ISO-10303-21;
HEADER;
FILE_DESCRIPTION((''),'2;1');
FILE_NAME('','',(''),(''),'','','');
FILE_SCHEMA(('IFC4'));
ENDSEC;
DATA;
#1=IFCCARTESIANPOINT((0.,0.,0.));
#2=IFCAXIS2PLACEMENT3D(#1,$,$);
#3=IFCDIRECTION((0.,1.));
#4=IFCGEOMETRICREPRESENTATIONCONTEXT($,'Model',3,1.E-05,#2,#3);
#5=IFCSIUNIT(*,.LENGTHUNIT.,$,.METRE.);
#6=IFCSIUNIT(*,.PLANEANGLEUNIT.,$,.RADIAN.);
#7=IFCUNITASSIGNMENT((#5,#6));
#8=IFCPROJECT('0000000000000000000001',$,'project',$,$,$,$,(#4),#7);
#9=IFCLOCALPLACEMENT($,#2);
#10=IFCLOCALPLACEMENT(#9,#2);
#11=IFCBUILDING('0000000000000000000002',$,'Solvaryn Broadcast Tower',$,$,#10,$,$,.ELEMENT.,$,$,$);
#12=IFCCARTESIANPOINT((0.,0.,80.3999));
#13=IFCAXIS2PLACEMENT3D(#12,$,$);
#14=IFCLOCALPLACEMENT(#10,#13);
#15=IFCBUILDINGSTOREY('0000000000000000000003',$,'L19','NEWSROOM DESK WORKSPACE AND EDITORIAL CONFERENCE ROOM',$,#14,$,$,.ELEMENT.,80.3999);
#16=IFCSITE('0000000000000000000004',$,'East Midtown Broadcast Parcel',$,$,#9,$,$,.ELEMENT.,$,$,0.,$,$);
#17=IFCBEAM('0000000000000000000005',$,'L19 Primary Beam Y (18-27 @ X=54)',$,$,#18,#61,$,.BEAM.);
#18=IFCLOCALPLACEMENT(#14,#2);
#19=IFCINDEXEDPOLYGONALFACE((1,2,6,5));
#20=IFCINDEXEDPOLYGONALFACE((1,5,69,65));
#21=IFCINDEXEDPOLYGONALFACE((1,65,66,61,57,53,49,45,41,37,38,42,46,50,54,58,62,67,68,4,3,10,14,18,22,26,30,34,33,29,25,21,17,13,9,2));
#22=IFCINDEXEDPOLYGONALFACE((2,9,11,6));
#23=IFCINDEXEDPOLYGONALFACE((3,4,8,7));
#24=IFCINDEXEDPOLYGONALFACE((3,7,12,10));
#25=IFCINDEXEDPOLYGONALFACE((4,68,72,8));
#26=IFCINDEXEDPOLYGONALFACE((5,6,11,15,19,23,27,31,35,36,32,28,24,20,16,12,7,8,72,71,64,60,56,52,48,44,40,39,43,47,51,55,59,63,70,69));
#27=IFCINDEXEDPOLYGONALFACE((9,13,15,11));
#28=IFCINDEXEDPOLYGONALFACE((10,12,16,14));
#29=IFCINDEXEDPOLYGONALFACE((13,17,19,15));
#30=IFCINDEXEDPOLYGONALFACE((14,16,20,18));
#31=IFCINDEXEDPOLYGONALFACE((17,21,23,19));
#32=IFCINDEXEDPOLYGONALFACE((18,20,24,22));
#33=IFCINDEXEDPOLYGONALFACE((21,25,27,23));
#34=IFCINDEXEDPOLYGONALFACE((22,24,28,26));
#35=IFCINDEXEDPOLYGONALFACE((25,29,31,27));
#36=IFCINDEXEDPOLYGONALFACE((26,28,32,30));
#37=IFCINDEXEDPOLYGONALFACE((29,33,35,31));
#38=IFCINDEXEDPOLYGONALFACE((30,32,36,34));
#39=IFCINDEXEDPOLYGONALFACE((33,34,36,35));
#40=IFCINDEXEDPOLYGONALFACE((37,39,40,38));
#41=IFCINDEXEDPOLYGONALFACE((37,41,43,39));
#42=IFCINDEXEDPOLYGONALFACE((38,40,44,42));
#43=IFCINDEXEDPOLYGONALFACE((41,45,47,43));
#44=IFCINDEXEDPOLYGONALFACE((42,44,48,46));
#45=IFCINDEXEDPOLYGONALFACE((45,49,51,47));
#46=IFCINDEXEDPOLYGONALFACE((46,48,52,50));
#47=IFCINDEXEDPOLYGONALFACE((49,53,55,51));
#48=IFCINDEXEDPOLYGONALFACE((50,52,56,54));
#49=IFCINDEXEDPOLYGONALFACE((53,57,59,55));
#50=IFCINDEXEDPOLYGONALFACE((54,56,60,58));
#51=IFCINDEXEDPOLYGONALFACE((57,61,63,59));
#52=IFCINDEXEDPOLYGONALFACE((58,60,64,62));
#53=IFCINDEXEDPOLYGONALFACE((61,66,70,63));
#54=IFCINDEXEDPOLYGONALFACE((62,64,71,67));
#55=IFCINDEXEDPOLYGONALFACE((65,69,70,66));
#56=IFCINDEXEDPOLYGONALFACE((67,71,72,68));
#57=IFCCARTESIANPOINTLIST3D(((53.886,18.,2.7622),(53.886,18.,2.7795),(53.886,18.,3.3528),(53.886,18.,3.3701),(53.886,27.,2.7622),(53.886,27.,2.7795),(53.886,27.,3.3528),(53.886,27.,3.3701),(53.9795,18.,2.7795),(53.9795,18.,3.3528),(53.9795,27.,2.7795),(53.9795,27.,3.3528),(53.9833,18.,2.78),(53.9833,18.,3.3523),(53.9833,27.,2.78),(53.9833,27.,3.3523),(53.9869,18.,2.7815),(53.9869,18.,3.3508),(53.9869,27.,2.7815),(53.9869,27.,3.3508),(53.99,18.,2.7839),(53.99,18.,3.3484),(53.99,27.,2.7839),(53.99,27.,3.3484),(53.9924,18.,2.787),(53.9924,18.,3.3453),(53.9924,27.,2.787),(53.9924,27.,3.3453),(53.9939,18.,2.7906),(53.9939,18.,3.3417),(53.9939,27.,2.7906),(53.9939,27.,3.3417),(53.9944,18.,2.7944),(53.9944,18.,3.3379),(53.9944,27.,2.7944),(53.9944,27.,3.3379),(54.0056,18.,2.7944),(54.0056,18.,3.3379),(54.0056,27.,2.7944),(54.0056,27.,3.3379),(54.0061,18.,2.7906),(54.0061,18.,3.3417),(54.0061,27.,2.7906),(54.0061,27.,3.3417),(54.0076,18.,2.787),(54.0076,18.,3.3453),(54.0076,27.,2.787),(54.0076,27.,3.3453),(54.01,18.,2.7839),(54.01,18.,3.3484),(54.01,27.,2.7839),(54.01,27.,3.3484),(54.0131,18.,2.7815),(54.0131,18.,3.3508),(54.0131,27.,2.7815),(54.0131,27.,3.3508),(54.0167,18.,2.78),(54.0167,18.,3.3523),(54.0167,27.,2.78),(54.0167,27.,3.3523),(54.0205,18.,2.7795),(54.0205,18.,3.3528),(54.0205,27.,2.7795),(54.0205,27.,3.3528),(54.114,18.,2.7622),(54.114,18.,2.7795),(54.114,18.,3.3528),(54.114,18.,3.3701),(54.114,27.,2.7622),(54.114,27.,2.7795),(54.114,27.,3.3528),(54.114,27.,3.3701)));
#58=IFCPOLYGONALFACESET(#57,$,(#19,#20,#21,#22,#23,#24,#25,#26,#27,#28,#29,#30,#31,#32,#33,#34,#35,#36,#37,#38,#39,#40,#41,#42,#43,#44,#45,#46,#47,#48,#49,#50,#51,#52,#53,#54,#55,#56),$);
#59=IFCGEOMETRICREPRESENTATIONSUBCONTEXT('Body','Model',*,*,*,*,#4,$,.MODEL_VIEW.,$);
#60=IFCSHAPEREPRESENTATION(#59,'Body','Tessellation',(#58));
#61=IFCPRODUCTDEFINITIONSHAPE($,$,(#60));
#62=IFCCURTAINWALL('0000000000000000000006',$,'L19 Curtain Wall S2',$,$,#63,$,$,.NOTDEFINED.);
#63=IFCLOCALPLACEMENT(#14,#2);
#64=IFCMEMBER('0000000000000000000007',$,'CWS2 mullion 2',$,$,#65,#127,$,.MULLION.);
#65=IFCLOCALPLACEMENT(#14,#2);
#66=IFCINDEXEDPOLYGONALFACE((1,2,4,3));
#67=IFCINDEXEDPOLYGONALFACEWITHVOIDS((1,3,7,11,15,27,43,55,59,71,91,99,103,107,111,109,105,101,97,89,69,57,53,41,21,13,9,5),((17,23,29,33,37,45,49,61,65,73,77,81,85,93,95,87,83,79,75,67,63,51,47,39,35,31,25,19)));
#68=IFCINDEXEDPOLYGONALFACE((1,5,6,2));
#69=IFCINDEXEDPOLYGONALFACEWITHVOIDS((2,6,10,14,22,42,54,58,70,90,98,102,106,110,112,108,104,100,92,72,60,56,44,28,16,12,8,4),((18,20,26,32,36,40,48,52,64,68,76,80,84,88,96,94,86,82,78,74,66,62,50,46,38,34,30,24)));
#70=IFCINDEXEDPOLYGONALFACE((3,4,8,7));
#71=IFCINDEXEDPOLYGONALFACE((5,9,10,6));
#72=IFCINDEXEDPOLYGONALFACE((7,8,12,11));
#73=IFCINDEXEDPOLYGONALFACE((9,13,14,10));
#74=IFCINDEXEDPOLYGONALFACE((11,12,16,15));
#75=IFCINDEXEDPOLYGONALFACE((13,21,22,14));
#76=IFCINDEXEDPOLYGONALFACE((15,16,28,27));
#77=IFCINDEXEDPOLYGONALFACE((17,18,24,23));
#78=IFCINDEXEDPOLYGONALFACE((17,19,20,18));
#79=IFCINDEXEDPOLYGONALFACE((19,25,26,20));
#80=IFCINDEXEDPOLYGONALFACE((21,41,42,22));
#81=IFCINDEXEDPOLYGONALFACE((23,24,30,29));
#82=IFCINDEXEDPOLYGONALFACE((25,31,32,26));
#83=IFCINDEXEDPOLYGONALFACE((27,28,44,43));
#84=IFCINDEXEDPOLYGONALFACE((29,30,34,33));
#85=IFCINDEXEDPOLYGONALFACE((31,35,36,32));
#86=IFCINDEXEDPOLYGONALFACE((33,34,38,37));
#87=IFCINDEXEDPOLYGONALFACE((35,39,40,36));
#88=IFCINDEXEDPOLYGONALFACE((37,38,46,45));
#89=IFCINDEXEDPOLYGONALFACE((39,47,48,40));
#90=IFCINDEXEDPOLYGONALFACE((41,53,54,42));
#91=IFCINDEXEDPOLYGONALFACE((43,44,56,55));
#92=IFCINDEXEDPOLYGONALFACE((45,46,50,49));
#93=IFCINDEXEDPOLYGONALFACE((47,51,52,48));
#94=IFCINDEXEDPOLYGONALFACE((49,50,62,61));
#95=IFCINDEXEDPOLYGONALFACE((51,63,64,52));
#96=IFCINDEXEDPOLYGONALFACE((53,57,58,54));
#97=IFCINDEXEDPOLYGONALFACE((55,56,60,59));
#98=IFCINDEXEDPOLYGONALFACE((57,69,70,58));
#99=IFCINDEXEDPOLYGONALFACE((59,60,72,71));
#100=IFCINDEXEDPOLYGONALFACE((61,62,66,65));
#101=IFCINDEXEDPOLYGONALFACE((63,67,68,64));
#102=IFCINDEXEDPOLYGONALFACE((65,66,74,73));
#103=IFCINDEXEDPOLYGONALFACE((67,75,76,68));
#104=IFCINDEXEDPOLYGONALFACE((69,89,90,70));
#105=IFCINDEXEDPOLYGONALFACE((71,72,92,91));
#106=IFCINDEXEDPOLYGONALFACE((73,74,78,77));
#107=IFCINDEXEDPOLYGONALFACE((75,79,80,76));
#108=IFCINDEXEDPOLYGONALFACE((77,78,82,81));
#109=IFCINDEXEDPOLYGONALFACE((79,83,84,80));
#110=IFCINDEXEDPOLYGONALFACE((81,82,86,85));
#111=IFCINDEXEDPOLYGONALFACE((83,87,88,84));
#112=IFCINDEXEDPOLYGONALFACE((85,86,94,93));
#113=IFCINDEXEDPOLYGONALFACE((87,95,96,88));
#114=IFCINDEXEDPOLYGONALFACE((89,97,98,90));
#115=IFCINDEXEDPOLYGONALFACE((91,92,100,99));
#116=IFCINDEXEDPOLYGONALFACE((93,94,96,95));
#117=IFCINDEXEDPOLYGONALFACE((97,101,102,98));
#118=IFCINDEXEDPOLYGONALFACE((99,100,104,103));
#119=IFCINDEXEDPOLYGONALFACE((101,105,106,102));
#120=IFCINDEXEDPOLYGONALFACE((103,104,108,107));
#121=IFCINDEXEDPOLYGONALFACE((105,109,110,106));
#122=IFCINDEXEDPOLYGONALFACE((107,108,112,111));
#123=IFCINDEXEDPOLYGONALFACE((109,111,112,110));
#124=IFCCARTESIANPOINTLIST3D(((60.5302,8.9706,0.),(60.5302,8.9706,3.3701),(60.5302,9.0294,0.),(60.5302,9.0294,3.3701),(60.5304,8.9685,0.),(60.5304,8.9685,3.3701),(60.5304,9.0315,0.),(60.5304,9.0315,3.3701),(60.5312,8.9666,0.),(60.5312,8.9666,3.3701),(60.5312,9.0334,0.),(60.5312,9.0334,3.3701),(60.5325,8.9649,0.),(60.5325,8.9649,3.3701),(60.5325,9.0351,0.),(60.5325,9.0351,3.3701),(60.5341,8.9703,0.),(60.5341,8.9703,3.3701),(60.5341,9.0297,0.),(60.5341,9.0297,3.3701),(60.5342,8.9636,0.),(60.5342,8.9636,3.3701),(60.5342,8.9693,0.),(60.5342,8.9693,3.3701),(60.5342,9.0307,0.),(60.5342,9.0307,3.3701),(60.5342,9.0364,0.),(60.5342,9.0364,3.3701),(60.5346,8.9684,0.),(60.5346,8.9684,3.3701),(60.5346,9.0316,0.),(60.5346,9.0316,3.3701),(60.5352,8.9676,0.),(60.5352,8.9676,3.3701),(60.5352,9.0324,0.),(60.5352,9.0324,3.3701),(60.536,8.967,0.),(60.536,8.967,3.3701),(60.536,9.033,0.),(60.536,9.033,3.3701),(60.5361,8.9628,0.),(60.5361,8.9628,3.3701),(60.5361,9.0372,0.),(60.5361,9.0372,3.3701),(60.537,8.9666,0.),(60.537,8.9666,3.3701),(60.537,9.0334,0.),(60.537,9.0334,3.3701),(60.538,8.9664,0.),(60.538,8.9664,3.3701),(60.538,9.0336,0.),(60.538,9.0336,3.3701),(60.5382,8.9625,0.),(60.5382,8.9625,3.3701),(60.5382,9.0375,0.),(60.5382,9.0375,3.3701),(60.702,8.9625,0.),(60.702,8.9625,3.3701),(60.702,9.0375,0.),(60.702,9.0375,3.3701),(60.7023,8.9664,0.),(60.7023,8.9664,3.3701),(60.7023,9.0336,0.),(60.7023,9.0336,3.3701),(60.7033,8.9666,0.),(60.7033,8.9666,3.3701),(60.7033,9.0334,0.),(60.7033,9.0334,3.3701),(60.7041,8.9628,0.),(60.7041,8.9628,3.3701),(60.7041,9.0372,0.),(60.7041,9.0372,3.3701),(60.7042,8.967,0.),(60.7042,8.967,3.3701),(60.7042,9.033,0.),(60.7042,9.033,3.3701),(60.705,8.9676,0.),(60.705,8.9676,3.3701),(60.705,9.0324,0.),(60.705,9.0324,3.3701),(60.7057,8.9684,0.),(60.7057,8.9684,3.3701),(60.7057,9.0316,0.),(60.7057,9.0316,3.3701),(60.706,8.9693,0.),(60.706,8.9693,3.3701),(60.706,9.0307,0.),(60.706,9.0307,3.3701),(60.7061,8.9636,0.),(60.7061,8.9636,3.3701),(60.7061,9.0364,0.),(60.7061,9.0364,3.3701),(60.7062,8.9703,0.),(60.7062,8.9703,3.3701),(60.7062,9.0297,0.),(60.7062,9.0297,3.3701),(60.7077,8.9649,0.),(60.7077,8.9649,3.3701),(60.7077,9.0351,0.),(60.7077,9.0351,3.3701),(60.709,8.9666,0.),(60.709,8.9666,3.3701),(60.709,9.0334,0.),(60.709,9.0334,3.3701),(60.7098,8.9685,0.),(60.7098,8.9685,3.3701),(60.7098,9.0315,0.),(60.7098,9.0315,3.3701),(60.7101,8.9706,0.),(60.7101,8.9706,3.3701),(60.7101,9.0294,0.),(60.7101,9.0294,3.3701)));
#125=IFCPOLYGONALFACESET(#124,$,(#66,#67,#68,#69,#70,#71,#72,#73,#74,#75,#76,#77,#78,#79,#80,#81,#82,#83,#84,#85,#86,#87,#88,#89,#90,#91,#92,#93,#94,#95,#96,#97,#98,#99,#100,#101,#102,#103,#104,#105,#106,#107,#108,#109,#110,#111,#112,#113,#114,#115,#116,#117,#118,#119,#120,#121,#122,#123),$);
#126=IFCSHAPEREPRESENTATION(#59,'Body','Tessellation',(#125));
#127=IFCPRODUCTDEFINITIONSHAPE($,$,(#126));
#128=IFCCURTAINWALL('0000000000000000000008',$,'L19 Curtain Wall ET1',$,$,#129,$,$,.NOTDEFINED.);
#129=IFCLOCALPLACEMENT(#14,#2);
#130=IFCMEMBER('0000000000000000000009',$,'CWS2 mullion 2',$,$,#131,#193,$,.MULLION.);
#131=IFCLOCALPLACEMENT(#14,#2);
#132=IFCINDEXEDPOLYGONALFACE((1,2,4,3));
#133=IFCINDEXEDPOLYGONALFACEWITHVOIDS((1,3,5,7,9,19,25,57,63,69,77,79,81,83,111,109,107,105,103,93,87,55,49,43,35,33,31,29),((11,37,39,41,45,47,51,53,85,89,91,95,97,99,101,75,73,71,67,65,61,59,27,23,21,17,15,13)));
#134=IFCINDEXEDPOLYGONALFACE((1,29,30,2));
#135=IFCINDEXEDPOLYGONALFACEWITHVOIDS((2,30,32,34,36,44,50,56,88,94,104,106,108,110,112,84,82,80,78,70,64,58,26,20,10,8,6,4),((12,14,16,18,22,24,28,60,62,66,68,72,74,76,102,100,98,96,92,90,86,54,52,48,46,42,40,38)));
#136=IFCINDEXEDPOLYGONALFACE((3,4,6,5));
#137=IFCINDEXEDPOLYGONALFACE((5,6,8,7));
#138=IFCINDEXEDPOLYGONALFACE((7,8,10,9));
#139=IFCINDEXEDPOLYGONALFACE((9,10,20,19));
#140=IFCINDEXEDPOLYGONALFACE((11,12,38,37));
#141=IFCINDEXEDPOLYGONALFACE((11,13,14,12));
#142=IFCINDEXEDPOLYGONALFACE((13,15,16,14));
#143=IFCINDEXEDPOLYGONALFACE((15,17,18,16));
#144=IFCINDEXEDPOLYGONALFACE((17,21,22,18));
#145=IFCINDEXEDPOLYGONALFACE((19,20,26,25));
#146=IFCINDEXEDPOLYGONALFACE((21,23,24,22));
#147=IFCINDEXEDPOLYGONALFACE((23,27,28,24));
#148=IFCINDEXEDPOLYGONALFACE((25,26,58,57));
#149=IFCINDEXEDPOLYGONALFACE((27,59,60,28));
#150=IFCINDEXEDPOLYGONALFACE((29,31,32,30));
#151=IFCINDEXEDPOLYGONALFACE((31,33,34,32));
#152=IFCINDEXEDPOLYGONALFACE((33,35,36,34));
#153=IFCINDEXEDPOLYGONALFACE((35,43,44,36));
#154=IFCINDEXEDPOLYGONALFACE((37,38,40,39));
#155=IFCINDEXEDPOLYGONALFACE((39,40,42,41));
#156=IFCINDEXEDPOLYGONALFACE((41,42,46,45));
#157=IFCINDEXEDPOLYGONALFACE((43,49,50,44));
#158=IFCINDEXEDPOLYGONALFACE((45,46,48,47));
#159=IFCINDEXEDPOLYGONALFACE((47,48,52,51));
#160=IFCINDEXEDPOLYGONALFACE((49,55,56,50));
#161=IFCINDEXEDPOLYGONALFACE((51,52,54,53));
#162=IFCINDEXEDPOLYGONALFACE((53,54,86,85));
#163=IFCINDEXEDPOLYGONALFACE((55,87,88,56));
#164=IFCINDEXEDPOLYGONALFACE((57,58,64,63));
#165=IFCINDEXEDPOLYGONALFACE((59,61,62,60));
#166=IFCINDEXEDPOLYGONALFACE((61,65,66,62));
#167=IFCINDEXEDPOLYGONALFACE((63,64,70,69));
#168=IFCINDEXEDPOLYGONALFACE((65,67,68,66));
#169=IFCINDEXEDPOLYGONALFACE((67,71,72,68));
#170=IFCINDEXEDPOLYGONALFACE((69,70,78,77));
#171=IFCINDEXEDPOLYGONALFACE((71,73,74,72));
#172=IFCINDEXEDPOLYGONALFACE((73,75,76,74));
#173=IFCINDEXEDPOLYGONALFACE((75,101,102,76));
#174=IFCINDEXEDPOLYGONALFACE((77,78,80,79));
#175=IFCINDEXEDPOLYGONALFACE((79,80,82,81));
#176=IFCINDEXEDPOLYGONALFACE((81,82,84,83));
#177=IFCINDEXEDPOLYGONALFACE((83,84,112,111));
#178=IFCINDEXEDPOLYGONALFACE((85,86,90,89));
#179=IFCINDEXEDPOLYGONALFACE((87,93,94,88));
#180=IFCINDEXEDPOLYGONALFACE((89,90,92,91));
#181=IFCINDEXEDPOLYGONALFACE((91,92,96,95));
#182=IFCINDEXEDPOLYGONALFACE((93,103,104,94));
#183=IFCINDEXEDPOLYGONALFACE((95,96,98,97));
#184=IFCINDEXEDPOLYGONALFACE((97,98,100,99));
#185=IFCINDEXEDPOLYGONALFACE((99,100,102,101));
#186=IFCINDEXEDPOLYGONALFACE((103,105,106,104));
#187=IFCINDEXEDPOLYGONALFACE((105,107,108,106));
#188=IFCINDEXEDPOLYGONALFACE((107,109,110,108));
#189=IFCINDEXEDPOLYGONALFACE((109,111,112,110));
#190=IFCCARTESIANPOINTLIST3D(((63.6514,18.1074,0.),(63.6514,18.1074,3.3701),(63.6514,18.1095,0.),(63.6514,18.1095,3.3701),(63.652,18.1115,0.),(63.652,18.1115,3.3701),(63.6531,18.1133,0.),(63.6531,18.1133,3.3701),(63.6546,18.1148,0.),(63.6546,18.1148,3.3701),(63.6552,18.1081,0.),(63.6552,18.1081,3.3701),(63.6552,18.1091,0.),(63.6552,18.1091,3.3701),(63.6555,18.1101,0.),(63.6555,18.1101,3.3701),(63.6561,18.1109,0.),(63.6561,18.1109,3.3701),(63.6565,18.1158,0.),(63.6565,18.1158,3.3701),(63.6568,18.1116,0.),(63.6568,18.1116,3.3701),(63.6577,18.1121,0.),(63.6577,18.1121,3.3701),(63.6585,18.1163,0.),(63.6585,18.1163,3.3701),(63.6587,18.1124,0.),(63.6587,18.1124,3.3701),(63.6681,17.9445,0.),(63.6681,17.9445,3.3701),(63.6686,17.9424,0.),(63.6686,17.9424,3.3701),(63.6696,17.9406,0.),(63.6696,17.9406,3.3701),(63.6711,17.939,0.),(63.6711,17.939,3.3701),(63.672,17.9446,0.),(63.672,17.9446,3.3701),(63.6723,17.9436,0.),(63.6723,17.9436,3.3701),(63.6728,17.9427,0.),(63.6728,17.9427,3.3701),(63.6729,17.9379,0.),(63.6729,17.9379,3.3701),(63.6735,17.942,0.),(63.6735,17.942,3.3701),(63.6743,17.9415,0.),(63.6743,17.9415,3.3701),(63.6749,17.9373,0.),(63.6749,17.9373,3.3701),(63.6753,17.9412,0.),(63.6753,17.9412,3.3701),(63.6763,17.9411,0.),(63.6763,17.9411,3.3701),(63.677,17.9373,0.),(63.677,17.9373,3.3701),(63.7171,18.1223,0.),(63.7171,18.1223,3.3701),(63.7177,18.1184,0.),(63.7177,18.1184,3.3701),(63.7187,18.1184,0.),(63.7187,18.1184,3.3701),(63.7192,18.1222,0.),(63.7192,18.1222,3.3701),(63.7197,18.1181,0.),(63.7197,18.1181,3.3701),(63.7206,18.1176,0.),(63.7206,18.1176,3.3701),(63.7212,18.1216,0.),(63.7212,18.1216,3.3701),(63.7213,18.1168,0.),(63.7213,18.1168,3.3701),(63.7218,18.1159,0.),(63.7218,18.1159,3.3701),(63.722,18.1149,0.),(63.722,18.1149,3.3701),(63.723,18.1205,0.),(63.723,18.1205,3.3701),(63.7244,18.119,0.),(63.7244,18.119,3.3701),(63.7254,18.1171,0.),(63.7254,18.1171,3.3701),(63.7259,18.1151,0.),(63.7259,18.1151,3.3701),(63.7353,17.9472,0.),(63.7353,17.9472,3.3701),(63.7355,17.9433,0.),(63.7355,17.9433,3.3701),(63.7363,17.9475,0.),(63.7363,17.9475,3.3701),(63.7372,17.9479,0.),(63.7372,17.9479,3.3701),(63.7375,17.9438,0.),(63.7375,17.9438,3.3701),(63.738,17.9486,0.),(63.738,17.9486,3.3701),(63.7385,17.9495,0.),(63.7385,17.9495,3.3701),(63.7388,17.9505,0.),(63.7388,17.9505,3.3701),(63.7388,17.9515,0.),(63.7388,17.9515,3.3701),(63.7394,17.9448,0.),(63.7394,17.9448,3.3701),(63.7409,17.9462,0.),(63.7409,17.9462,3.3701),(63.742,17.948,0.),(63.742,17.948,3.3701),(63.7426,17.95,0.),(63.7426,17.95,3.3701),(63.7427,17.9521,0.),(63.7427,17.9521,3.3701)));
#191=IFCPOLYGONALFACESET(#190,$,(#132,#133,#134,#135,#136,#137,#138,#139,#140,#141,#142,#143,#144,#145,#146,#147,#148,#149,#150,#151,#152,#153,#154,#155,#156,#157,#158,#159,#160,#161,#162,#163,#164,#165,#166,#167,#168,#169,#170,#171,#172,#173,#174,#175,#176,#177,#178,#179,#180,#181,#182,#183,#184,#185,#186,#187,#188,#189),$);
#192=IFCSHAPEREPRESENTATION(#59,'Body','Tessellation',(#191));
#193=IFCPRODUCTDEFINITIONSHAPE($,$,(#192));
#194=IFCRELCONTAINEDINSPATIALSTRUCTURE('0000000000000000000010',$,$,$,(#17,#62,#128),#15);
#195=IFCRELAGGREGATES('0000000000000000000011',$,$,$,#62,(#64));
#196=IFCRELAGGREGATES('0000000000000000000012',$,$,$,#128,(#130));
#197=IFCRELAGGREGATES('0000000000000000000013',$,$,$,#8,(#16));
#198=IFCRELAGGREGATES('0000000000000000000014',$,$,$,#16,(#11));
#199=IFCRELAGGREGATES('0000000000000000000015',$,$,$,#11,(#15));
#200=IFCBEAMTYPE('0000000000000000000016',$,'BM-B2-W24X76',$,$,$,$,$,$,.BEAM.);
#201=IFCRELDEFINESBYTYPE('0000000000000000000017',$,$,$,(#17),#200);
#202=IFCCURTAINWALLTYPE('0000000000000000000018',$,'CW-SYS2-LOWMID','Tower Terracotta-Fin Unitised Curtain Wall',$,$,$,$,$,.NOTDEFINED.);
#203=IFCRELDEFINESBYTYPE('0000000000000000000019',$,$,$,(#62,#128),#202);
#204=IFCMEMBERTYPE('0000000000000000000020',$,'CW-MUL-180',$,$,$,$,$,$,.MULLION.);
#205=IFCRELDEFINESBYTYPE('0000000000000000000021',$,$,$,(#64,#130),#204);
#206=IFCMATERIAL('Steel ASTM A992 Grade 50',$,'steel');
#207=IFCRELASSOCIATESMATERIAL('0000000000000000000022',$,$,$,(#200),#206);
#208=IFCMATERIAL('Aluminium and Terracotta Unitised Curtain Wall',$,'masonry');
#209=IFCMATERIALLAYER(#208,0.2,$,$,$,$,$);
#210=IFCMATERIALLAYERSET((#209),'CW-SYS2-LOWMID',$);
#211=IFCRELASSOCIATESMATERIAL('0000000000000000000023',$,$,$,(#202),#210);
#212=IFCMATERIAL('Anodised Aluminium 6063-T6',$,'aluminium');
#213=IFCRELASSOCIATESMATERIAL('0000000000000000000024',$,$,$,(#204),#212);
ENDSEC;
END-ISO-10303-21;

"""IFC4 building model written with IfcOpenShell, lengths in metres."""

from ifc_helpers import new_model, si_unit, direction, frame, origin, origin_2d, place, context, subcontext, project, spatial, hollow_rectangle, i_section, extrude, material, layer, layer_set, material_profile, profile_set, type_object, element, aggregate, save


model = new_model("IFC4")

# Units and contexts
model_context = context("Model", 3, precision=1e-05, world=origin(), true_north=direction((0.0, 1.0)))
body_context = subcontext(model_context, "Body", "Model", "MODEL_VIEW")
ifc_project = project(units=[si_unit("LENGTHUNIT", "METRE"), si_unit("PLANEANGLEUNIT", "RADIAN")], contexts=[model_context])

# Site, building, storey
site_placement = place(None, origin())
site = spatial("IfcSite", under=ifc_project, at=site_placement, Name="East Midtown Broadcast Parcel", CompositionType="ELEMENT", RefElevation=0.0)
building_placement = place(site_placement, origin())
building = spatial("IfcBuilding", under=site, at=building_placement, Name="Solvaryn Broadcast Tower", CompositionType="ELEMENT")
storey_placement = place(building_placement, frame((0.0, 0.0, 80.3999)))
storey = spatial("IfcBuildingStorey", under=building, at=storey_placement, Name="L19", Description="NEWSROOM DESK WORKSPACE AND EDITORIAL CONFERENCE ROOM", CompositionType="ELEMENT", Elevation=80.3999)

# Beam
ifc_material_1 = material(Name="Steel ASTM A992 Grade 50", Category="steel")
ifc_material_profile_1 = material_profile(ifc_material_1, i_section(OverallWidth=0.228, OverallDepth=0.6079, WebThickness=0.0112, FlangeThickness=0.0173, FilletRadius=0.0149, at=origin_2d()))
ifc_profile_set_1 = profile_set([ifc_material_profile_1], Name="Steel ASTM A992 Grade 50")
beam_type_1 = type_object("IfcBeamType", Name="BM-B2-W24X76", PredefinedType="BEAM", material=ifc_profile_set_1)
beam_1_placement = place(storey_placement, frame((54.0, 18.0, 3.0662), z_axis=(0.0, 1.0, 0.0), x_axis=(-1.0, 0.0, 0.0)))
element("IfcBeam", 1, at=beam_1_placement, inside=storey, type_object=beam_type_1, Name="L19 Primary Beam Y (18-27 @ X=54)", PredefinedType="BEAM", context=body_context, shape_type="SweptSolid", body=[
    extrude(i_section(OverallWidth=0.228, OverallDepth=0.6079, WebThickness=0.0112, FlangeThickness=0.0173, FilletRadius=0.0149, at=origin_2d()), origin(), (0.0, 0.0, 1.0), 9.0),
])

# Curtain walls, members
ifc_material_2 = material(Name="Aluminium and Terracotta Unitised Curtain Wall", Category="masonry")
ifc_layer_1 = layer(ifc_material_2, 0.2)
ifc_layer_set_1 = layer_set([ifc_layer_1], Name="CW-SYS2-LOWMID")
curtain_wall_type = type_object("IfcCurtainWallType", Name="CW-SYS2-LOWMID", Description="Tower Terracotta-Fin Unitised Curtain Wall", PredefinedType="NOTDEFINED", material=ifc_layer_set_1)
curtain_wall_1_placement = place(storey_placement, origin())
curtain_wall_1 = element("IfcCurtainWall", 2, at=curtain_wall_1_placement, inside=storey, type_object=curtain_wall_type, Name="L19 Curtain Wall S2", PredefinedType="NOTDEFINED")
ifc_material_3 = material(Name="Anodised Aluminium 6063-T6", Category="aluminium")
ifc_material_profile_2 = material_profile(ifc_material_3, hollow_rectangle(XDim=0.075, YDim=0.1799, WallThickness=0.0039, InnerFilletRadius=0.0039, OuterFilletRadius=0.0081, at=origin_2d()))
ifc_profile_set_2 = profile_set([ifc_material_profile_2], Name="Anodised Aluminium 6063-T6")
member_type_1 = type_object("IfcMemberType", Name="CW-MUL-180", PredefinedType="MULLION", material=ifc_profile_set_2)
member_1_placement = place(storey_placement, frame((60.6201, 9.0, 0.0), z_axis=(0.0, 0.0, 1.0), x_axis=(0.0, 1.0, 0.0)))
member_1 = element("IfcMember", 3, at=member_1_placement, type_object=member_type_1, Name="CWS2 mullion 2", PredefinedType="MULLION", context=body_context, shape_type="SweptSolid", body=[
    extrude(hollow_rectangle(XDim=0.075, YDim=0.1799, WallThickness=0.0039, InnerFilletRadius=0.0039, OuterFilletRadius=0.0081, at=origin_2d()), origin(), (0.0, 0.0, 1.0), 3.3701),
])
aggregate(curtain_wall_1, [member_1])
curtain_wall_2_placement = place(storey_placement, origin())
curtain_wall_2 = element("IfcCurtainWall", 4, at=curtain_wall_2_placement, inside=storey, type_object=curtain_wall_type, Name="L19 Curtain Wall ET1", PredefinedType="NOTDEFINED")
member_2_placement = place(storey_placement, frame((63.697, 18.0298, 0.0), z_axis=(0.0, 0.0, 1.0), x_axis=(0.994743, 0.1024, 0.0)))
member_2 = element("IfcMember", 5, at=member_2_placement, type_object=member_type_1, Name="CWS2 mullion 2", PredefinedType="MULLION", context=body_context, shape_type="SweptSolid", body=[
    extrude(hollow_rectangle(XDim=0.075, YDim=0.1799, WallThickness=0.0039, InnerFilletRadius=0.0039, OuterFilletRadius=0.0081, at=origin_2d()), origin(), (0.0, 0.0, 1.0), 3.3701),
])
aggregate(curtain_wall_2, [member_2])

save(model, "model.ifc")
